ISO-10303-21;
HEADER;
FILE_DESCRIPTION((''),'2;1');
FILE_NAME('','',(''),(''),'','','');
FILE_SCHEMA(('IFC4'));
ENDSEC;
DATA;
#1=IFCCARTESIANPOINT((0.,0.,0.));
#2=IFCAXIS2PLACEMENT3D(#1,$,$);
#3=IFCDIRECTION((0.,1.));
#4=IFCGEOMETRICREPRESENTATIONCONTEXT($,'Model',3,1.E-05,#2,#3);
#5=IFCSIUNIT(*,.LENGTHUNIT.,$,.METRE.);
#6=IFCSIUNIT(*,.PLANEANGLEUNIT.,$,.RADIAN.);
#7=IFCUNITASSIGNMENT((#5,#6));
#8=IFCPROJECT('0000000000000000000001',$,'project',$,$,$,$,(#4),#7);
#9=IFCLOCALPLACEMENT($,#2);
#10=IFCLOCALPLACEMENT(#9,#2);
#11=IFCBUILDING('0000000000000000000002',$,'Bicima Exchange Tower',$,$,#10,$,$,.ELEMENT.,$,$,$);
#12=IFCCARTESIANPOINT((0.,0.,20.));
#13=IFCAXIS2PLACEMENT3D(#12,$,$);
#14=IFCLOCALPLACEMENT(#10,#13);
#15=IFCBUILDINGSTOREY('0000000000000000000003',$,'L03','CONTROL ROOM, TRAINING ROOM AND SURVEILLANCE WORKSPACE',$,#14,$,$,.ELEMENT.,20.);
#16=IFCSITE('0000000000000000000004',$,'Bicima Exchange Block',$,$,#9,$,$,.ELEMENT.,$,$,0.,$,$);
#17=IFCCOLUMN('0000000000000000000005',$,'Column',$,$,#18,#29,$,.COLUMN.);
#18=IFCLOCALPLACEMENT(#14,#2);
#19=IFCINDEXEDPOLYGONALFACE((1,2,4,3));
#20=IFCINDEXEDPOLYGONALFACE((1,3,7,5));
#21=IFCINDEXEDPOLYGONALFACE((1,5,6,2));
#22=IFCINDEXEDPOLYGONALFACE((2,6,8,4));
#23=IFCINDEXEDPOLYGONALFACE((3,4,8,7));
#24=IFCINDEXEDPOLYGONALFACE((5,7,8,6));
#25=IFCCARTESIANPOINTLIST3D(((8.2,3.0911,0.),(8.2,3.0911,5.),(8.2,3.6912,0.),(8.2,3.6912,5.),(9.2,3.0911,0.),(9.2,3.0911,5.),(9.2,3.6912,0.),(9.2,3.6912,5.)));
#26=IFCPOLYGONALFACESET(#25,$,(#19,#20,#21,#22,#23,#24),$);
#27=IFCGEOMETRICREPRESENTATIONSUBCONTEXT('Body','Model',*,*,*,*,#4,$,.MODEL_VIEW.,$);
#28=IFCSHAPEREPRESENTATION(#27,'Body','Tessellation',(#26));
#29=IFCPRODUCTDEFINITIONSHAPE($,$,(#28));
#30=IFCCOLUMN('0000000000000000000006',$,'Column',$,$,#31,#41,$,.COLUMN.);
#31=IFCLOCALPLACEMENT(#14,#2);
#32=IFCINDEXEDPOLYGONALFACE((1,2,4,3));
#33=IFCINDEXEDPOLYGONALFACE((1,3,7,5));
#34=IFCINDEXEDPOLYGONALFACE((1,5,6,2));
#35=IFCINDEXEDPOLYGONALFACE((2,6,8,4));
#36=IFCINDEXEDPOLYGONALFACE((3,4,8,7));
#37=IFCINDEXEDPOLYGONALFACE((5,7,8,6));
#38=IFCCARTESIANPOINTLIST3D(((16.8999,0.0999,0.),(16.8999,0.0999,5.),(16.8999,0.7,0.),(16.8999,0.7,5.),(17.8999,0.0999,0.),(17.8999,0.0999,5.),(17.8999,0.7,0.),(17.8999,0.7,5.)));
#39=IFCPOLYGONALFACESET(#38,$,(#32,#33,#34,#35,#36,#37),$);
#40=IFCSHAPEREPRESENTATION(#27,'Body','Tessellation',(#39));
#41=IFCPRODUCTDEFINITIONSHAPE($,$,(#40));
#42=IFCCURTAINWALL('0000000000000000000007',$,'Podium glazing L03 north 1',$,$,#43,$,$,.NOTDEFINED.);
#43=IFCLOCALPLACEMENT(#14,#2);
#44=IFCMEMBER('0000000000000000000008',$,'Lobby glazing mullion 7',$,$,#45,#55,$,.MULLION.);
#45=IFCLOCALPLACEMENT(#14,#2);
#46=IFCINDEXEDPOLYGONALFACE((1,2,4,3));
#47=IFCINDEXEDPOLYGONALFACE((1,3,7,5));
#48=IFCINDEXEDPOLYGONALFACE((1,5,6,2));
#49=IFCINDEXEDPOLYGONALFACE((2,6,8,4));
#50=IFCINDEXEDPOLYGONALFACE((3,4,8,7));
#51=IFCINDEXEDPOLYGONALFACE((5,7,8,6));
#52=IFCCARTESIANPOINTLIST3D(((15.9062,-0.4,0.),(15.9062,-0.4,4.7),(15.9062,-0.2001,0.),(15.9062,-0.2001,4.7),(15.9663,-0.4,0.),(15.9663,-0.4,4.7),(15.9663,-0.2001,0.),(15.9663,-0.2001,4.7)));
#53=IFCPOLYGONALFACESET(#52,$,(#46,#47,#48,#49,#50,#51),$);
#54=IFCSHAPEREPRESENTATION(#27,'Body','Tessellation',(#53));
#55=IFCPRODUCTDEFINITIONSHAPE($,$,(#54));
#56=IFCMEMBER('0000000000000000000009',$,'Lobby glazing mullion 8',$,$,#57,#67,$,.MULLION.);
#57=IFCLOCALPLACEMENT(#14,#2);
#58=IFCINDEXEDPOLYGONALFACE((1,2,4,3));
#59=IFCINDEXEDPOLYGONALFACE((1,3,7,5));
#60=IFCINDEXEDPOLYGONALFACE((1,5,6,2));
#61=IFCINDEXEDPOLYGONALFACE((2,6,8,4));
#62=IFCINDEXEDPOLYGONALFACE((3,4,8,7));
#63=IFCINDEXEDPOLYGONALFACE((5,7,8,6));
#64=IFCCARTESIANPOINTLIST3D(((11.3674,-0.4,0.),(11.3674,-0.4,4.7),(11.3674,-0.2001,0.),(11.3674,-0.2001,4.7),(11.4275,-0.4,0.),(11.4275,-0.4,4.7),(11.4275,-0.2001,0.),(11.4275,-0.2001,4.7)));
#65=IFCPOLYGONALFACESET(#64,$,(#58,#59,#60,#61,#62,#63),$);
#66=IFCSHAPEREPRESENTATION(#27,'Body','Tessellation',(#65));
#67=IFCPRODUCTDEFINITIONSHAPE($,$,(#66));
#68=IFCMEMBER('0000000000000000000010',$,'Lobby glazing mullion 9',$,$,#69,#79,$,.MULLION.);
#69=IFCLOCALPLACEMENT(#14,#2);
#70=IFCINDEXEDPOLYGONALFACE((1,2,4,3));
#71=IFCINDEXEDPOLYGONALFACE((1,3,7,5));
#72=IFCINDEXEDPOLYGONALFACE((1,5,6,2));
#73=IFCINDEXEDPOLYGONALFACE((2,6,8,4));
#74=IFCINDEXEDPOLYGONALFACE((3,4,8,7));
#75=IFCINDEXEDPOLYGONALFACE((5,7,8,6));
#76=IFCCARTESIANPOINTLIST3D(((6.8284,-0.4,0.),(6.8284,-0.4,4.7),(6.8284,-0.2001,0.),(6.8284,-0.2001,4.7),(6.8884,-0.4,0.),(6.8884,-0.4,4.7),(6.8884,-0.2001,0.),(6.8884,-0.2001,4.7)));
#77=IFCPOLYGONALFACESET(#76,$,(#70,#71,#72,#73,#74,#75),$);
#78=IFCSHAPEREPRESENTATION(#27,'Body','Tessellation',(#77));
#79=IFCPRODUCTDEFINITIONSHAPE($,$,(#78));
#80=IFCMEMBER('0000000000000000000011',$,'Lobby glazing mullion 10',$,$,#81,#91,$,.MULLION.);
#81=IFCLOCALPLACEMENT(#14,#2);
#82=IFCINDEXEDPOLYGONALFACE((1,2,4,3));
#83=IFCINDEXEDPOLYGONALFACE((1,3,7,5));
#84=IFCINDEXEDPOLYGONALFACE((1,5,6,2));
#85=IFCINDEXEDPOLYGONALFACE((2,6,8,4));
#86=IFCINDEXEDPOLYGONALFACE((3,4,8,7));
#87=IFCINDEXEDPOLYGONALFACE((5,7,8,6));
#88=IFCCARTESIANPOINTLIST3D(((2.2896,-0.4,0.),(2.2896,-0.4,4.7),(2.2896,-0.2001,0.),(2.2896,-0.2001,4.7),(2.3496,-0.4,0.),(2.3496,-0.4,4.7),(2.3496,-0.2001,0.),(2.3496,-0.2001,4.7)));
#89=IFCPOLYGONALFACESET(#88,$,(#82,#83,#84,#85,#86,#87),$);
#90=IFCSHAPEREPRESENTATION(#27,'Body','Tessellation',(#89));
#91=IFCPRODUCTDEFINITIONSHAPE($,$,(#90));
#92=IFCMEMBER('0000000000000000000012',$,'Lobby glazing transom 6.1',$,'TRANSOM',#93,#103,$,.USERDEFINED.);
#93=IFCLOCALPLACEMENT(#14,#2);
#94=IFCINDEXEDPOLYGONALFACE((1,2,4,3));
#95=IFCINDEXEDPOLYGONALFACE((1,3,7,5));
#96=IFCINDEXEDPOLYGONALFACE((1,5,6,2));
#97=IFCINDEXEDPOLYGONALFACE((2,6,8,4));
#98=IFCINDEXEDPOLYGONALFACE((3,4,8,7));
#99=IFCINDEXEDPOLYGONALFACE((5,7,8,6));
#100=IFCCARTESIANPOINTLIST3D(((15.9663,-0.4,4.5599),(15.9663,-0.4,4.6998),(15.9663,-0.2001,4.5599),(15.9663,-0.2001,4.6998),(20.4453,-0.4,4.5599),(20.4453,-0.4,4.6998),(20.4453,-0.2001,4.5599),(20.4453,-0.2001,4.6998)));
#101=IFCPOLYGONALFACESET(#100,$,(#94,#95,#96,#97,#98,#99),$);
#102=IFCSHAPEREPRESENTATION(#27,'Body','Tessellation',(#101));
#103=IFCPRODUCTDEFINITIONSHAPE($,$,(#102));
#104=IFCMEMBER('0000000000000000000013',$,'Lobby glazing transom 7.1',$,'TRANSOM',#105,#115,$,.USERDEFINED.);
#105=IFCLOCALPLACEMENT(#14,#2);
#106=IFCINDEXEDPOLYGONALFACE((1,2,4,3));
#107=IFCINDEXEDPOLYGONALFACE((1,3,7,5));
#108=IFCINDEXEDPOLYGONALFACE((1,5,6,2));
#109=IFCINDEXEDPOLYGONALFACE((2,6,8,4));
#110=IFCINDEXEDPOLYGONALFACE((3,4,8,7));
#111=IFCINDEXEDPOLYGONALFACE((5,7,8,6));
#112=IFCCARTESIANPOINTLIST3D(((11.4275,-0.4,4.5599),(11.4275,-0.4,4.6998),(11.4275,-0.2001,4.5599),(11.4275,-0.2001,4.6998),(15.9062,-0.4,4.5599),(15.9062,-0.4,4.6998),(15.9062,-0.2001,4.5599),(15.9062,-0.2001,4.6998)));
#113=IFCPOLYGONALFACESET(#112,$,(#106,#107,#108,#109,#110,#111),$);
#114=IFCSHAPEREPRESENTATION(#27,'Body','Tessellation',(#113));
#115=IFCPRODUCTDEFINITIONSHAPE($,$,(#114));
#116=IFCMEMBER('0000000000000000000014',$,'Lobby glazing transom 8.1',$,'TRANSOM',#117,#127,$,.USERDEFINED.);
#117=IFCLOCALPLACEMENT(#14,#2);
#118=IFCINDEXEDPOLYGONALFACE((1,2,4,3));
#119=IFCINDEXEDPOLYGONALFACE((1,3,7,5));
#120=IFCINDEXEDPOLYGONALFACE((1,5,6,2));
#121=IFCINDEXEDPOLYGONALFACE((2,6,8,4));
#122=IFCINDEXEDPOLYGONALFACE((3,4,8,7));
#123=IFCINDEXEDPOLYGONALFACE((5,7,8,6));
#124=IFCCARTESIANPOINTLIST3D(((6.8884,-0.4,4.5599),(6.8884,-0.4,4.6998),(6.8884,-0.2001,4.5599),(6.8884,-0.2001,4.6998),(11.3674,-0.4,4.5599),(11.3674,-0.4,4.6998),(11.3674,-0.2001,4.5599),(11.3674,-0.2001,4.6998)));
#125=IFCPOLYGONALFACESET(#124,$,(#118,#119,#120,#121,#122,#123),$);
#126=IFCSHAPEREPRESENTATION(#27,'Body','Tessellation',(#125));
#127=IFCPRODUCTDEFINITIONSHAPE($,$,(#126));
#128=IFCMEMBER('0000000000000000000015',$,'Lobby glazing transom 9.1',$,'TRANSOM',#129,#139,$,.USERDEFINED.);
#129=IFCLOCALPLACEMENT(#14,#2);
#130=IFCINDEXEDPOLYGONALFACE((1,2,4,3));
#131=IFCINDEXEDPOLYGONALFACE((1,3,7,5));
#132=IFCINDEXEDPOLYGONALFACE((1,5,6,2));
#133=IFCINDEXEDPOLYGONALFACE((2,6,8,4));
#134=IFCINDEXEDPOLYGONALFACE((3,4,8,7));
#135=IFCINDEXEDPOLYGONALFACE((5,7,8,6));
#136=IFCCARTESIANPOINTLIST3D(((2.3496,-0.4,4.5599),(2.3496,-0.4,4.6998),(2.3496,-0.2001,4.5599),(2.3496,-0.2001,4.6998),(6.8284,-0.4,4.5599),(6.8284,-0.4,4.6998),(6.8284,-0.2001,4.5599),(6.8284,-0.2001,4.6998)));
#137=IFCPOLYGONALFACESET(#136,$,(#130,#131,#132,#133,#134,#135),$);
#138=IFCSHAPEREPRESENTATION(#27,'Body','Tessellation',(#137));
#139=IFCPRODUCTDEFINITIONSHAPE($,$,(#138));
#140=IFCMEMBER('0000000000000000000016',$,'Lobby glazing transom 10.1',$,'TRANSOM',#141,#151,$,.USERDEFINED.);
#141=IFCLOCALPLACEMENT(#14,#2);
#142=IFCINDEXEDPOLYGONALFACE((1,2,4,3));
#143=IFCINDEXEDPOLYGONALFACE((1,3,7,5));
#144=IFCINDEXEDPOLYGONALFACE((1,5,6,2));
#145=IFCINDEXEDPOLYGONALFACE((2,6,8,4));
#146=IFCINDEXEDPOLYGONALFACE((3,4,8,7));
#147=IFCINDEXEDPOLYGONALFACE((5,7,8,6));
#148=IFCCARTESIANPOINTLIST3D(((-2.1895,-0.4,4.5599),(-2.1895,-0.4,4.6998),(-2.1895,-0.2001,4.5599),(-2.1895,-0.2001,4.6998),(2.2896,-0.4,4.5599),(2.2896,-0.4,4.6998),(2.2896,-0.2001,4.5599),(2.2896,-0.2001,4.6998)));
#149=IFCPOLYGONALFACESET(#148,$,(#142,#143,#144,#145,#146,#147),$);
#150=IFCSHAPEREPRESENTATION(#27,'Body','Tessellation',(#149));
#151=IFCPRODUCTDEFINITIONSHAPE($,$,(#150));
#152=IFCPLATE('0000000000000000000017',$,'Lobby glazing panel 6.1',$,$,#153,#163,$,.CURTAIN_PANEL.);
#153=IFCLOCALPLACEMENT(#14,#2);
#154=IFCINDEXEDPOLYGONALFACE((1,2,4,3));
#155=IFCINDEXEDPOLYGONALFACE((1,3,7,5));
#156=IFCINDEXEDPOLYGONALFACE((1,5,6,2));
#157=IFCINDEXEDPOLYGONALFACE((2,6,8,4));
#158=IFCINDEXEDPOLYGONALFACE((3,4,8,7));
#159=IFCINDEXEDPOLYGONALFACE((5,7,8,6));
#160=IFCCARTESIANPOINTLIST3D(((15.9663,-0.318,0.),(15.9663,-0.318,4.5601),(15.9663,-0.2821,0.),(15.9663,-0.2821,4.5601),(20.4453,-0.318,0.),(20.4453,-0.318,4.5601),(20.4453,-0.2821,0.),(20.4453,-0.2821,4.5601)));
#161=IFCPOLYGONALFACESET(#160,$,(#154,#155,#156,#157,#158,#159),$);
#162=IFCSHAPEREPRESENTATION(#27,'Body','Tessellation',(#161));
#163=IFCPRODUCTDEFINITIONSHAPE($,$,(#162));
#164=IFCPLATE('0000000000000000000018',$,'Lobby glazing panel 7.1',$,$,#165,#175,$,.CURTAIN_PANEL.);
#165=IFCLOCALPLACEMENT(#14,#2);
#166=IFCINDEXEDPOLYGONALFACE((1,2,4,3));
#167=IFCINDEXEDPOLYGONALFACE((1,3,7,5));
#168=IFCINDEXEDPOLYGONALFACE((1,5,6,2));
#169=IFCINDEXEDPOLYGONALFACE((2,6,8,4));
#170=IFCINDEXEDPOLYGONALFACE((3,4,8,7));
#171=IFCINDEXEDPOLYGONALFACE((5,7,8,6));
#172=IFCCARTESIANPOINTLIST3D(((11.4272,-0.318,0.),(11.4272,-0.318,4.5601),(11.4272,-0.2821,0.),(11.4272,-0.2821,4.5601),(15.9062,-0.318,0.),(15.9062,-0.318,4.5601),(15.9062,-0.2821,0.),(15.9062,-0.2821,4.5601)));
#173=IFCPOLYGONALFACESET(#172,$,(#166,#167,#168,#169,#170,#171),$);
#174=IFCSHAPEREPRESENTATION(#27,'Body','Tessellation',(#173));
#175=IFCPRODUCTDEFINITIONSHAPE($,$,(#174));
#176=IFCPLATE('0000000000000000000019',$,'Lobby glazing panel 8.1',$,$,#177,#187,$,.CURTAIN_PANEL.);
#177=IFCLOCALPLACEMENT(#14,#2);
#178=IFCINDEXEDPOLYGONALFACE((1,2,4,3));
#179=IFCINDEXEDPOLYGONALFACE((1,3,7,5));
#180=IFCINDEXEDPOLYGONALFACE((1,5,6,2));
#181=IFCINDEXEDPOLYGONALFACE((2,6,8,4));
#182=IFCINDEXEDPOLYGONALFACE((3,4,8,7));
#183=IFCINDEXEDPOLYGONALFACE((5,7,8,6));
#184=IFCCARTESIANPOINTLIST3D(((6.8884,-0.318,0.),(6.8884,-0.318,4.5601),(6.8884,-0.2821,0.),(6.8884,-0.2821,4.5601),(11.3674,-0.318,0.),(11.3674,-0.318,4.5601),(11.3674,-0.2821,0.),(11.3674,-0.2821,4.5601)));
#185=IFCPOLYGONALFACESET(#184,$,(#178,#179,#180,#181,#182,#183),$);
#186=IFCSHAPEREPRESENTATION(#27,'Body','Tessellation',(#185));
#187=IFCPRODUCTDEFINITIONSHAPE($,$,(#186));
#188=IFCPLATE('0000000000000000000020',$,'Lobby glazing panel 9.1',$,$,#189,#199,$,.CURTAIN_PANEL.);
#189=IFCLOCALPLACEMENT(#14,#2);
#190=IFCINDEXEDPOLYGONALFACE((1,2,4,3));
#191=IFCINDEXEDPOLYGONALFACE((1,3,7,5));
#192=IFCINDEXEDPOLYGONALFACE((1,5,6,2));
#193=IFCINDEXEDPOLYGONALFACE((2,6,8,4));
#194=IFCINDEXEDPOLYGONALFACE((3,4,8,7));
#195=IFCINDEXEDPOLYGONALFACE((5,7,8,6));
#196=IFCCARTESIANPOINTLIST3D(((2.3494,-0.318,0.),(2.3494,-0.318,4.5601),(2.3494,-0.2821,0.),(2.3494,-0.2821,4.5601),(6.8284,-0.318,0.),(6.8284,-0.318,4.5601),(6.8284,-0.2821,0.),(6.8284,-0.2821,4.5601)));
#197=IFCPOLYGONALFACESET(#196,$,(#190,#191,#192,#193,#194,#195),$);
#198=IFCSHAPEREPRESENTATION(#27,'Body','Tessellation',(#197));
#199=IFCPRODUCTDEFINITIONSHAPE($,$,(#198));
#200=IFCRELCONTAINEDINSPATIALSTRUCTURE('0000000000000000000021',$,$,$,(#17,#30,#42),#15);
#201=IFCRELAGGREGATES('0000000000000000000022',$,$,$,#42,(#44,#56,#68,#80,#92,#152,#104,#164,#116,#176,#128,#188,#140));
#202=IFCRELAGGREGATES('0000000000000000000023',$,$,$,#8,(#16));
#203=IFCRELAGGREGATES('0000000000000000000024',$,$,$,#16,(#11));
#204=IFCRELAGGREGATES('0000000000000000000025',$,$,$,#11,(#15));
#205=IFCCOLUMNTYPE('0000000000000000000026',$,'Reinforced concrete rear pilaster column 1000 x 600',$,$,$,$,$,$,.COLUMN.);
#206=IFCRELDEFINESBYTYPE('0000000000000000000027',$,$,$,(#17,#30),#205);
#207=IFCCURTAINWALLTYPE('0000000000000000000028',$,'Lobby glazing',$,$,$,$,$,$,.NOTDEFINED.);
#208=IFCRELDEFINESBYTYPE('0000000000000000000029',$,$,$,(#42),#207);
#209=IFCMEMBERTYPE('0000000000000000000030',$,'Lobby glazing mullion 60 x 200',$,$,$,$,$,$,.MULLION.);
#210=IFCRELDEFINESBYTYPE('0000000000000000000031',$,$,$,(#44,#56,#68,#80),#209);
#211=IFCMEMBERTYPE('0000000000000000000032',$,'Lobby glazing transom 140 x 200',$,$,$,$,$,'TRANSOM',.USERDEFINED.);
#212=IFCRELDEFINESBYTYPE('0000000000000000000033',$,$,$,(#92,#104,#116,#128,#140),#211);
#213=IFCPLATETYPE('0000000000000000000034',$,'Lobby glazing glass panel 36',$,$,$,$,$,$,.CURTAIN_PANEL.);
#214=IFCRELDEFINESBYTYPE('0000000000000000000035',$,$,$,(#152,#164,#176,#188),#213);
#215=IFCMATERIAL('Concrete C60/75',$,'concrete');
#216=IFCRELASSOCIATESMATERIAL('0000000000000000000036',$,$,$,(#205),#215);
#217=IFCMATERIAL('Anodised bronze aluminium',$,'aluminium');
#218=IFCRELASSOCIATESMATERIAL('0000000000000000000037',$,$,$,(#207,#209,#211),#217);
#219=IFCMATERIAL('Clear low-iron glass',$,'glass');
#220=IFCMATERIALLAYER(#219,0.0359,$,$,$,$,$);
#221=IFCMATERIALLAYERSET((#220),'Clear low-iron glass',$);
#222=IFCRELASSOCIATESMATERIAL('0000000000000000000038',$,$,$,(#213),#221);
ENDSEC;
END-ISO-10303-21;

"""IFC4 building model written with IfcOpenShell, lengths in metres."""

from ifc_helpers import new_model, si_unit, direction, frame, origin, origin_2d, place, context, subcontext, project, spatial, rectangle, extrude, material, layer, layer_set, material_profile, profile_set, type_object, element, aggregate, save


model = new_model("IFC4")

# Units and contexts
model_context = context("Model", 3, precision=1e-05, world=origin(), true_north=direction((0.0, 1.0)))
body_context = subcontext(model_context, "Body", "Model", "MODEL_VIEW")
ifc_project = project(units=[si_unit("LENGTHUNIT", "METRE"), si_unit("PLANEANGLEUNIT", "RADIAN")], contexts=[model_context])

# Site, building, storey
site_placement = place(None, origin())
site = spatial("IfcSite", under=ifc_project, at=site_placement, Name="Bicima Exchange Block", CompositionType="ELEMENT", RefElevation=0.0)
building_placement = place(site_placement, origin())
building = spatial("IfcBuilding", under=site, at=building_placement, Name="Bicima Exchange Tower", CompositionType="ELEMENT")
storey_placement = place(building_placement, frame((0.0, 0.0, 20.0)))
storey = spatial("IfcBuildingStorey", under=building, at=storey_placement, Name="L03", Description="CONTROL ROOM, TRAINING ROOM AND SURVEILLANCE WORKSPACE", CompositionType="ELEMENT", Elevation=20.0)

# Columns
ifc_material_1 = material(Name="Concrete C60/75", Category="concrete")
ifc_material_profile_1 = material_profile(ifc_material_1, rectangle(XDim=1.0, YDim=0.6001, at=origin_2d()))
ifc_profile_set_1 = profile_set([ifc_material_profile_1], Name="Concrete C60/75")
column_type = type_object("IfcColumnType", Name="Reinforced concrete rear pilaster column 1000 x 600", PredefinedType="COLUMN", material=ifc_profile_set_1)
for number, where, z_axis, x_axis, name in (
    (1, (8.7, 3.3911, 0.0), (0.0, 0.0, 1.0), (1.0, 0.0, 0.0), "Column"),
    (2, (17.3999, 0.3999, 0.0), (0.0, 0.0, 1.0), (1.0, 0.0, 0.0), "Column"),
):
    element("IfcColumn", number, at=place(storey_placement, frame(where, z_axis=z_axis, x_axis=x_axis)), inside=storey, type_object=column_type, Name=name, PredefinedType="COLUMN", context=body_context, shape_type="SweptSolid", body=[
        extrude(rectangle(XDim=1.0, YDim=0.6001, at=origin_2d()), origin(), (0.0, 0.0, 1.0), 5.0),
    ])

# Curtain wall, members, plates
ifc_material_2 = material(Name="Anodised bronze aluminium", Category="aluminium")
curtain_wall_type = type_object("IfcCurtainWallType", Name="Lobby glazing", PredefinedType="NOTDEFINED", material=ifc_material_2)
curtain_wall_placement = place(storey_placement, origin())
curtain_wall = element("IfcCurtainWall", 3, at=curtain_wall_placement, inside=storey, type_object=curtain_wall_type, Name="Podium glazing L03 north 1", PredefinedType="NOTDEFINED")
ifc_material_profile_2 = material_profile(ifc_material_2, rectangle(XDim=0.2, YDim=0.0601, at=origin_2d()))
ifc_profile_set_2 = profile_set([ifc_material_profile_2], Name="Anodised bronze aluminium")
member_type_1 = type_object("IfcMemberType", Name="Lobby glazing mullion 60 x 200", PredefinedType="MULLION", material=ifc_profile_set_2)
member_1_placement = place(storey_placement, frame((15.9363, -0.3, 0.0), z_axis=(0.0, 0.0, 1.0), x_axis=(0.0, -1.0, 0.0)))
member_1 = element("IfcMember", 4, at=member_1_placement, type_object=member_type_1, Name="Lobby glazing mullion 7", PredefinedType="MULLION", context=body_context, shape_type="SweptSolid", body=[
    extrude(rectangle(XDim=0.2, YDim=0.0601, at=origin_2d()), origin(), (0.0, 0.0, 1.0), 4.7),
])
member_2_placement = place(storey_placement, frame((11.3975, -0.3, 0.0), z_axis=(0.0, 0.0, 1.0), x_axis=(0.0, -1.0, 0.0)))
member_2 = element("IfcMember", 5, at=member_2_placement, type_object=member_type_1, Name="Lobby glazing mullion 8", PredefinedType="MULLION", context=body_context, shape_type="SweptSolid", body=[
    extrude(rectangle(XDim=0.2, YDim=0.0601, at=origin_2d()), origin(), (0.0, 0.0, 1.0), 4.7),
])
member_3_placement = place(storey_placement, frame((6.8584, -0.3, 0.0), z_axis=(0.0, 0.0, 1.0), x_axis=(0.0, -1.0, 0.0)))
member_3 = element("IfcMember", 6, at=member_3_placement, type_object=member_type_1, Name="Lobby glazing mullion 9", PredefinedType="MULLION", context=body_context, shape_type="SweptSolid", body=[
    extrude(rectangle(XDim=0.2, YDim=0.0601, at=origin_2d()), origin(), (0.0, 0.0, 1.0), 4.7),
])
member_4_placement = place(storey_placement, frame((2.3196, -0.3, 0.0), z_axis=(0.0, 0.0, 1.0), x_axis=(0.0, -1.0, 0.0)))
member_4 = element("IfcMember", 7, at=member_4_placement, type_object=member_type_1, Name="Lobby glazing mullion 10", PredefinedType="MULLION", context=body_context, shape_type="SweptSolid", body=[
    extrude(rectangle(XDim=0.2, YDim=0.0601, at=origin_2d()), origin(), (0.0, 0.0, 1.0), 4.7),
])
ifc_material_profile_3 = material_profile(ifc_material_2, rectangle(XDim=0.2, YDim=0.1399, at=origin_2d()))
ifc_profile_set_3 = profile_set([ifc_material_profile_3], Name="Anodised bronze aluminium")
member_type_2 = type_object("IfcMemberType", Name="Lobby glazing transom 140 x 200", ElementType="TRANSOM", PredefinedType="USERDEFINED", material=ifc_profile_set_3)
member_5_placement = place(storey_placement, frame((20.4453, -0.3, 4.6299), z_axis=(-1.0, 0.0, 0.0), x_axis=(0.0, -1.0, 0.0)))
member_5 = element("IfcMember", 8, at=member_5_placement, type_object=member_type_2, Name="Lobby glazing transom 6.1", ObjectType="TRANSOM", PredefinedType="USERDEFINED", context=body_context, shape_type="SweptSolid", body=[
    extrude(rectangle(XDim=0.2, YDim=0.1399, at=origin_2d()), origin(), (0.0, 0.0, 1.0), 4.479),
])
member_6_placement = place(storey_placement, frame((15.9062, -0.3, 4.6299), z_axis=(-1.0, 0.0, 0.0), x_axis=(0.0, -1.0, 0.0)))
member_6 = element("IfcMember", 9, at=member_6_placement, type_object=member_type_2, Name="Lobby glazing transom 7.1", ObjectType="TRANSOM", PredefinedType="USERDEFINED", context=body_context, shape_type="SweptSolid", body=[
    extrude(rectangle(XDim=0.2, YDim=0.1399, at=origin_2d()), origin(), (0.0, 0.0, 1.0), 4.4788),
])
member_7_placement = place(storey_placement, frame((11.3674, -0.3, 4.6299), z_axis=(-1.0, 0.0, 0.0), x_axis=(0.0, -1.0, 0.0)))
member_7 = element("IfcMember", 10, at=member_7_placement, type_object=member_type_2, Name="Lobby glazing transom 8.1", ObjectType="TRANSOM", PredefinedType="USERDEFINED", context=body_context, shape_type="SweptSolid", body=[
    extrude(rectangle(XDim=0.2, YDim=0.1399, at=origin_2d()), origin(), (0.0, 0.0, 1.0), 4.479),
])
member_8_placement = place(storey_placement, frame((6.8284, -0.3, 4.6299), z_axis=(-1.0, 0.0, 0.0), x_axis=(0.0, -1.0, 0.0)))
member_8 = element("IfcMember", 11, at=member_8_placement, type_object=member_type_2, Name="Lobby glazing transom 9.1", ObjectType="TRANSOM", PredefinedType="USERDEFINED", context=body_context, shape_type="SweptSolid", body=[
    extrude(rectangle(XDim=0.2, YDim=0.1399, at=origin_2d()), origin(), (0.0, 0.0, 1.0), 4.4788),
])
member_9_placement = place(storey_placement, frame((2.2896, -0.3, 4.6299), z_axis=(-1.0, 0.0, 0.0), x_axis=(0.0, -1.0, 0.0)))
member_9 = element("IfcMember", 12, at=member_9_placement, type_object=member_type_2, Name="Lobby glazing transom 10.1", ObjectType="TRANSOM", PredefinedType="USERDEFINED", context=body_context, shape_type="SweptSolid", body=[
    extrude(rectangle(XDim=0.2, YDim=0.1399, at=origin_2d()), origin(), (0.0, 0.0, 1.0), 4.479),
])
ifc_material_3 = material(Name="Clear low-iron glass", Category="glass")
ifc_layer_1 = layer(ifc_material_3, 0.0359)
ifc_layer_set_1 = layer_set([ifc_layer_1], Name="Clear low-iron glass")
plate_type = type_object("IfcPlateType", Name="Lobby glazing glass panel 36", PredefinedType="CURTAIN_PANEL", material=ifc_layer_set_1)
plate_1_placement = place(storey_placement, frame((18.2058, -0.3, 0.0), z_axis=(0.0, 0.0, 1.0), x_axis=(-1.0, 0.0, 0.0)))
plate_1 = element("IfcPlate", 13, at=plate_1_placement, type_object=plate_type, Name="Lobby glazing panel 6.1", PredefinedType="CURTAIN_PANEL", context=body_context, shape_type="SweptSolid", body=[
    extrude(rectangle(XDim=4.479, YDim=0.0359, at=origin_2d()), origin(), (0.0, 0.0, 1.0), 4.5601),
])
plate_2_placement = place(storey_placement, frame((13.6667, -0.3, 0.0), z_axis=(0.0, 0.0, 1.0), x_axis=(-1.0, 0.0, 0.0)))
plate_2 = element("IfcPlate", 14, at=plate_2_placement, type_object=plate_type, Name="Lobby glazing panel 7.1", PredefinedType="CURTAIN_PANEL", context=body_context, shape_type="SweptSolid", body=[
    extrude(rectangle(XDim=4.479, YDim=0.0359, at=origin_2d()), origin(), (0.0, 0.0, 1.0), 4.5601),
])
plate_3_placement = place(storey_placement, frame((9.1279, -0.3, 0.0), z_axis=(0.0, 0.0, 1.0), x_axis=(-1.0, 0.0, 0.0)))
plate_3 = element("IfcPlate", 15, at=plate_3_placement, type_object=plate_type, Name="Lobby glazing panel 8.1", PredefinedType="CURTAIN_PANEL", context=body_context, shape_type="SweptSolid", body=[
    extrude(rectangle(XDim=4.479, YDim=0.0359, at=origin_2d()), origin(), (0.0, 0.0, 1.0), 4.5601),
])
plate_4_placement = place(storey_placement, frame((4.5889, -0.3, 0.0), z_axis=(0.0, 0.0, 1.0), x_axis=(-1.0, 0.0, 0.0)))
plate_4 = element("IfcPlate", 16, at=plate_4_placement, type_object=plate_type, Name="Lobby glazing panel 9.1", PredefinedType="CURTAIN_PANEL", context=body_context, shape_type="SweptSolid", body=[
    extrude(rectangle(XDim=4.479, YDim=0.0359, at=origin_2d()), origin(), (0.0, 0.0, 1.0), 4.5601),
])
aggregate(curtain_wall, [member_1, member_2, member_3, member_4, member_5, plate_1, member_6, plate_2, member_7, plate_3, member_8, plate_4, member_9])

save(model, "model.ifc")
